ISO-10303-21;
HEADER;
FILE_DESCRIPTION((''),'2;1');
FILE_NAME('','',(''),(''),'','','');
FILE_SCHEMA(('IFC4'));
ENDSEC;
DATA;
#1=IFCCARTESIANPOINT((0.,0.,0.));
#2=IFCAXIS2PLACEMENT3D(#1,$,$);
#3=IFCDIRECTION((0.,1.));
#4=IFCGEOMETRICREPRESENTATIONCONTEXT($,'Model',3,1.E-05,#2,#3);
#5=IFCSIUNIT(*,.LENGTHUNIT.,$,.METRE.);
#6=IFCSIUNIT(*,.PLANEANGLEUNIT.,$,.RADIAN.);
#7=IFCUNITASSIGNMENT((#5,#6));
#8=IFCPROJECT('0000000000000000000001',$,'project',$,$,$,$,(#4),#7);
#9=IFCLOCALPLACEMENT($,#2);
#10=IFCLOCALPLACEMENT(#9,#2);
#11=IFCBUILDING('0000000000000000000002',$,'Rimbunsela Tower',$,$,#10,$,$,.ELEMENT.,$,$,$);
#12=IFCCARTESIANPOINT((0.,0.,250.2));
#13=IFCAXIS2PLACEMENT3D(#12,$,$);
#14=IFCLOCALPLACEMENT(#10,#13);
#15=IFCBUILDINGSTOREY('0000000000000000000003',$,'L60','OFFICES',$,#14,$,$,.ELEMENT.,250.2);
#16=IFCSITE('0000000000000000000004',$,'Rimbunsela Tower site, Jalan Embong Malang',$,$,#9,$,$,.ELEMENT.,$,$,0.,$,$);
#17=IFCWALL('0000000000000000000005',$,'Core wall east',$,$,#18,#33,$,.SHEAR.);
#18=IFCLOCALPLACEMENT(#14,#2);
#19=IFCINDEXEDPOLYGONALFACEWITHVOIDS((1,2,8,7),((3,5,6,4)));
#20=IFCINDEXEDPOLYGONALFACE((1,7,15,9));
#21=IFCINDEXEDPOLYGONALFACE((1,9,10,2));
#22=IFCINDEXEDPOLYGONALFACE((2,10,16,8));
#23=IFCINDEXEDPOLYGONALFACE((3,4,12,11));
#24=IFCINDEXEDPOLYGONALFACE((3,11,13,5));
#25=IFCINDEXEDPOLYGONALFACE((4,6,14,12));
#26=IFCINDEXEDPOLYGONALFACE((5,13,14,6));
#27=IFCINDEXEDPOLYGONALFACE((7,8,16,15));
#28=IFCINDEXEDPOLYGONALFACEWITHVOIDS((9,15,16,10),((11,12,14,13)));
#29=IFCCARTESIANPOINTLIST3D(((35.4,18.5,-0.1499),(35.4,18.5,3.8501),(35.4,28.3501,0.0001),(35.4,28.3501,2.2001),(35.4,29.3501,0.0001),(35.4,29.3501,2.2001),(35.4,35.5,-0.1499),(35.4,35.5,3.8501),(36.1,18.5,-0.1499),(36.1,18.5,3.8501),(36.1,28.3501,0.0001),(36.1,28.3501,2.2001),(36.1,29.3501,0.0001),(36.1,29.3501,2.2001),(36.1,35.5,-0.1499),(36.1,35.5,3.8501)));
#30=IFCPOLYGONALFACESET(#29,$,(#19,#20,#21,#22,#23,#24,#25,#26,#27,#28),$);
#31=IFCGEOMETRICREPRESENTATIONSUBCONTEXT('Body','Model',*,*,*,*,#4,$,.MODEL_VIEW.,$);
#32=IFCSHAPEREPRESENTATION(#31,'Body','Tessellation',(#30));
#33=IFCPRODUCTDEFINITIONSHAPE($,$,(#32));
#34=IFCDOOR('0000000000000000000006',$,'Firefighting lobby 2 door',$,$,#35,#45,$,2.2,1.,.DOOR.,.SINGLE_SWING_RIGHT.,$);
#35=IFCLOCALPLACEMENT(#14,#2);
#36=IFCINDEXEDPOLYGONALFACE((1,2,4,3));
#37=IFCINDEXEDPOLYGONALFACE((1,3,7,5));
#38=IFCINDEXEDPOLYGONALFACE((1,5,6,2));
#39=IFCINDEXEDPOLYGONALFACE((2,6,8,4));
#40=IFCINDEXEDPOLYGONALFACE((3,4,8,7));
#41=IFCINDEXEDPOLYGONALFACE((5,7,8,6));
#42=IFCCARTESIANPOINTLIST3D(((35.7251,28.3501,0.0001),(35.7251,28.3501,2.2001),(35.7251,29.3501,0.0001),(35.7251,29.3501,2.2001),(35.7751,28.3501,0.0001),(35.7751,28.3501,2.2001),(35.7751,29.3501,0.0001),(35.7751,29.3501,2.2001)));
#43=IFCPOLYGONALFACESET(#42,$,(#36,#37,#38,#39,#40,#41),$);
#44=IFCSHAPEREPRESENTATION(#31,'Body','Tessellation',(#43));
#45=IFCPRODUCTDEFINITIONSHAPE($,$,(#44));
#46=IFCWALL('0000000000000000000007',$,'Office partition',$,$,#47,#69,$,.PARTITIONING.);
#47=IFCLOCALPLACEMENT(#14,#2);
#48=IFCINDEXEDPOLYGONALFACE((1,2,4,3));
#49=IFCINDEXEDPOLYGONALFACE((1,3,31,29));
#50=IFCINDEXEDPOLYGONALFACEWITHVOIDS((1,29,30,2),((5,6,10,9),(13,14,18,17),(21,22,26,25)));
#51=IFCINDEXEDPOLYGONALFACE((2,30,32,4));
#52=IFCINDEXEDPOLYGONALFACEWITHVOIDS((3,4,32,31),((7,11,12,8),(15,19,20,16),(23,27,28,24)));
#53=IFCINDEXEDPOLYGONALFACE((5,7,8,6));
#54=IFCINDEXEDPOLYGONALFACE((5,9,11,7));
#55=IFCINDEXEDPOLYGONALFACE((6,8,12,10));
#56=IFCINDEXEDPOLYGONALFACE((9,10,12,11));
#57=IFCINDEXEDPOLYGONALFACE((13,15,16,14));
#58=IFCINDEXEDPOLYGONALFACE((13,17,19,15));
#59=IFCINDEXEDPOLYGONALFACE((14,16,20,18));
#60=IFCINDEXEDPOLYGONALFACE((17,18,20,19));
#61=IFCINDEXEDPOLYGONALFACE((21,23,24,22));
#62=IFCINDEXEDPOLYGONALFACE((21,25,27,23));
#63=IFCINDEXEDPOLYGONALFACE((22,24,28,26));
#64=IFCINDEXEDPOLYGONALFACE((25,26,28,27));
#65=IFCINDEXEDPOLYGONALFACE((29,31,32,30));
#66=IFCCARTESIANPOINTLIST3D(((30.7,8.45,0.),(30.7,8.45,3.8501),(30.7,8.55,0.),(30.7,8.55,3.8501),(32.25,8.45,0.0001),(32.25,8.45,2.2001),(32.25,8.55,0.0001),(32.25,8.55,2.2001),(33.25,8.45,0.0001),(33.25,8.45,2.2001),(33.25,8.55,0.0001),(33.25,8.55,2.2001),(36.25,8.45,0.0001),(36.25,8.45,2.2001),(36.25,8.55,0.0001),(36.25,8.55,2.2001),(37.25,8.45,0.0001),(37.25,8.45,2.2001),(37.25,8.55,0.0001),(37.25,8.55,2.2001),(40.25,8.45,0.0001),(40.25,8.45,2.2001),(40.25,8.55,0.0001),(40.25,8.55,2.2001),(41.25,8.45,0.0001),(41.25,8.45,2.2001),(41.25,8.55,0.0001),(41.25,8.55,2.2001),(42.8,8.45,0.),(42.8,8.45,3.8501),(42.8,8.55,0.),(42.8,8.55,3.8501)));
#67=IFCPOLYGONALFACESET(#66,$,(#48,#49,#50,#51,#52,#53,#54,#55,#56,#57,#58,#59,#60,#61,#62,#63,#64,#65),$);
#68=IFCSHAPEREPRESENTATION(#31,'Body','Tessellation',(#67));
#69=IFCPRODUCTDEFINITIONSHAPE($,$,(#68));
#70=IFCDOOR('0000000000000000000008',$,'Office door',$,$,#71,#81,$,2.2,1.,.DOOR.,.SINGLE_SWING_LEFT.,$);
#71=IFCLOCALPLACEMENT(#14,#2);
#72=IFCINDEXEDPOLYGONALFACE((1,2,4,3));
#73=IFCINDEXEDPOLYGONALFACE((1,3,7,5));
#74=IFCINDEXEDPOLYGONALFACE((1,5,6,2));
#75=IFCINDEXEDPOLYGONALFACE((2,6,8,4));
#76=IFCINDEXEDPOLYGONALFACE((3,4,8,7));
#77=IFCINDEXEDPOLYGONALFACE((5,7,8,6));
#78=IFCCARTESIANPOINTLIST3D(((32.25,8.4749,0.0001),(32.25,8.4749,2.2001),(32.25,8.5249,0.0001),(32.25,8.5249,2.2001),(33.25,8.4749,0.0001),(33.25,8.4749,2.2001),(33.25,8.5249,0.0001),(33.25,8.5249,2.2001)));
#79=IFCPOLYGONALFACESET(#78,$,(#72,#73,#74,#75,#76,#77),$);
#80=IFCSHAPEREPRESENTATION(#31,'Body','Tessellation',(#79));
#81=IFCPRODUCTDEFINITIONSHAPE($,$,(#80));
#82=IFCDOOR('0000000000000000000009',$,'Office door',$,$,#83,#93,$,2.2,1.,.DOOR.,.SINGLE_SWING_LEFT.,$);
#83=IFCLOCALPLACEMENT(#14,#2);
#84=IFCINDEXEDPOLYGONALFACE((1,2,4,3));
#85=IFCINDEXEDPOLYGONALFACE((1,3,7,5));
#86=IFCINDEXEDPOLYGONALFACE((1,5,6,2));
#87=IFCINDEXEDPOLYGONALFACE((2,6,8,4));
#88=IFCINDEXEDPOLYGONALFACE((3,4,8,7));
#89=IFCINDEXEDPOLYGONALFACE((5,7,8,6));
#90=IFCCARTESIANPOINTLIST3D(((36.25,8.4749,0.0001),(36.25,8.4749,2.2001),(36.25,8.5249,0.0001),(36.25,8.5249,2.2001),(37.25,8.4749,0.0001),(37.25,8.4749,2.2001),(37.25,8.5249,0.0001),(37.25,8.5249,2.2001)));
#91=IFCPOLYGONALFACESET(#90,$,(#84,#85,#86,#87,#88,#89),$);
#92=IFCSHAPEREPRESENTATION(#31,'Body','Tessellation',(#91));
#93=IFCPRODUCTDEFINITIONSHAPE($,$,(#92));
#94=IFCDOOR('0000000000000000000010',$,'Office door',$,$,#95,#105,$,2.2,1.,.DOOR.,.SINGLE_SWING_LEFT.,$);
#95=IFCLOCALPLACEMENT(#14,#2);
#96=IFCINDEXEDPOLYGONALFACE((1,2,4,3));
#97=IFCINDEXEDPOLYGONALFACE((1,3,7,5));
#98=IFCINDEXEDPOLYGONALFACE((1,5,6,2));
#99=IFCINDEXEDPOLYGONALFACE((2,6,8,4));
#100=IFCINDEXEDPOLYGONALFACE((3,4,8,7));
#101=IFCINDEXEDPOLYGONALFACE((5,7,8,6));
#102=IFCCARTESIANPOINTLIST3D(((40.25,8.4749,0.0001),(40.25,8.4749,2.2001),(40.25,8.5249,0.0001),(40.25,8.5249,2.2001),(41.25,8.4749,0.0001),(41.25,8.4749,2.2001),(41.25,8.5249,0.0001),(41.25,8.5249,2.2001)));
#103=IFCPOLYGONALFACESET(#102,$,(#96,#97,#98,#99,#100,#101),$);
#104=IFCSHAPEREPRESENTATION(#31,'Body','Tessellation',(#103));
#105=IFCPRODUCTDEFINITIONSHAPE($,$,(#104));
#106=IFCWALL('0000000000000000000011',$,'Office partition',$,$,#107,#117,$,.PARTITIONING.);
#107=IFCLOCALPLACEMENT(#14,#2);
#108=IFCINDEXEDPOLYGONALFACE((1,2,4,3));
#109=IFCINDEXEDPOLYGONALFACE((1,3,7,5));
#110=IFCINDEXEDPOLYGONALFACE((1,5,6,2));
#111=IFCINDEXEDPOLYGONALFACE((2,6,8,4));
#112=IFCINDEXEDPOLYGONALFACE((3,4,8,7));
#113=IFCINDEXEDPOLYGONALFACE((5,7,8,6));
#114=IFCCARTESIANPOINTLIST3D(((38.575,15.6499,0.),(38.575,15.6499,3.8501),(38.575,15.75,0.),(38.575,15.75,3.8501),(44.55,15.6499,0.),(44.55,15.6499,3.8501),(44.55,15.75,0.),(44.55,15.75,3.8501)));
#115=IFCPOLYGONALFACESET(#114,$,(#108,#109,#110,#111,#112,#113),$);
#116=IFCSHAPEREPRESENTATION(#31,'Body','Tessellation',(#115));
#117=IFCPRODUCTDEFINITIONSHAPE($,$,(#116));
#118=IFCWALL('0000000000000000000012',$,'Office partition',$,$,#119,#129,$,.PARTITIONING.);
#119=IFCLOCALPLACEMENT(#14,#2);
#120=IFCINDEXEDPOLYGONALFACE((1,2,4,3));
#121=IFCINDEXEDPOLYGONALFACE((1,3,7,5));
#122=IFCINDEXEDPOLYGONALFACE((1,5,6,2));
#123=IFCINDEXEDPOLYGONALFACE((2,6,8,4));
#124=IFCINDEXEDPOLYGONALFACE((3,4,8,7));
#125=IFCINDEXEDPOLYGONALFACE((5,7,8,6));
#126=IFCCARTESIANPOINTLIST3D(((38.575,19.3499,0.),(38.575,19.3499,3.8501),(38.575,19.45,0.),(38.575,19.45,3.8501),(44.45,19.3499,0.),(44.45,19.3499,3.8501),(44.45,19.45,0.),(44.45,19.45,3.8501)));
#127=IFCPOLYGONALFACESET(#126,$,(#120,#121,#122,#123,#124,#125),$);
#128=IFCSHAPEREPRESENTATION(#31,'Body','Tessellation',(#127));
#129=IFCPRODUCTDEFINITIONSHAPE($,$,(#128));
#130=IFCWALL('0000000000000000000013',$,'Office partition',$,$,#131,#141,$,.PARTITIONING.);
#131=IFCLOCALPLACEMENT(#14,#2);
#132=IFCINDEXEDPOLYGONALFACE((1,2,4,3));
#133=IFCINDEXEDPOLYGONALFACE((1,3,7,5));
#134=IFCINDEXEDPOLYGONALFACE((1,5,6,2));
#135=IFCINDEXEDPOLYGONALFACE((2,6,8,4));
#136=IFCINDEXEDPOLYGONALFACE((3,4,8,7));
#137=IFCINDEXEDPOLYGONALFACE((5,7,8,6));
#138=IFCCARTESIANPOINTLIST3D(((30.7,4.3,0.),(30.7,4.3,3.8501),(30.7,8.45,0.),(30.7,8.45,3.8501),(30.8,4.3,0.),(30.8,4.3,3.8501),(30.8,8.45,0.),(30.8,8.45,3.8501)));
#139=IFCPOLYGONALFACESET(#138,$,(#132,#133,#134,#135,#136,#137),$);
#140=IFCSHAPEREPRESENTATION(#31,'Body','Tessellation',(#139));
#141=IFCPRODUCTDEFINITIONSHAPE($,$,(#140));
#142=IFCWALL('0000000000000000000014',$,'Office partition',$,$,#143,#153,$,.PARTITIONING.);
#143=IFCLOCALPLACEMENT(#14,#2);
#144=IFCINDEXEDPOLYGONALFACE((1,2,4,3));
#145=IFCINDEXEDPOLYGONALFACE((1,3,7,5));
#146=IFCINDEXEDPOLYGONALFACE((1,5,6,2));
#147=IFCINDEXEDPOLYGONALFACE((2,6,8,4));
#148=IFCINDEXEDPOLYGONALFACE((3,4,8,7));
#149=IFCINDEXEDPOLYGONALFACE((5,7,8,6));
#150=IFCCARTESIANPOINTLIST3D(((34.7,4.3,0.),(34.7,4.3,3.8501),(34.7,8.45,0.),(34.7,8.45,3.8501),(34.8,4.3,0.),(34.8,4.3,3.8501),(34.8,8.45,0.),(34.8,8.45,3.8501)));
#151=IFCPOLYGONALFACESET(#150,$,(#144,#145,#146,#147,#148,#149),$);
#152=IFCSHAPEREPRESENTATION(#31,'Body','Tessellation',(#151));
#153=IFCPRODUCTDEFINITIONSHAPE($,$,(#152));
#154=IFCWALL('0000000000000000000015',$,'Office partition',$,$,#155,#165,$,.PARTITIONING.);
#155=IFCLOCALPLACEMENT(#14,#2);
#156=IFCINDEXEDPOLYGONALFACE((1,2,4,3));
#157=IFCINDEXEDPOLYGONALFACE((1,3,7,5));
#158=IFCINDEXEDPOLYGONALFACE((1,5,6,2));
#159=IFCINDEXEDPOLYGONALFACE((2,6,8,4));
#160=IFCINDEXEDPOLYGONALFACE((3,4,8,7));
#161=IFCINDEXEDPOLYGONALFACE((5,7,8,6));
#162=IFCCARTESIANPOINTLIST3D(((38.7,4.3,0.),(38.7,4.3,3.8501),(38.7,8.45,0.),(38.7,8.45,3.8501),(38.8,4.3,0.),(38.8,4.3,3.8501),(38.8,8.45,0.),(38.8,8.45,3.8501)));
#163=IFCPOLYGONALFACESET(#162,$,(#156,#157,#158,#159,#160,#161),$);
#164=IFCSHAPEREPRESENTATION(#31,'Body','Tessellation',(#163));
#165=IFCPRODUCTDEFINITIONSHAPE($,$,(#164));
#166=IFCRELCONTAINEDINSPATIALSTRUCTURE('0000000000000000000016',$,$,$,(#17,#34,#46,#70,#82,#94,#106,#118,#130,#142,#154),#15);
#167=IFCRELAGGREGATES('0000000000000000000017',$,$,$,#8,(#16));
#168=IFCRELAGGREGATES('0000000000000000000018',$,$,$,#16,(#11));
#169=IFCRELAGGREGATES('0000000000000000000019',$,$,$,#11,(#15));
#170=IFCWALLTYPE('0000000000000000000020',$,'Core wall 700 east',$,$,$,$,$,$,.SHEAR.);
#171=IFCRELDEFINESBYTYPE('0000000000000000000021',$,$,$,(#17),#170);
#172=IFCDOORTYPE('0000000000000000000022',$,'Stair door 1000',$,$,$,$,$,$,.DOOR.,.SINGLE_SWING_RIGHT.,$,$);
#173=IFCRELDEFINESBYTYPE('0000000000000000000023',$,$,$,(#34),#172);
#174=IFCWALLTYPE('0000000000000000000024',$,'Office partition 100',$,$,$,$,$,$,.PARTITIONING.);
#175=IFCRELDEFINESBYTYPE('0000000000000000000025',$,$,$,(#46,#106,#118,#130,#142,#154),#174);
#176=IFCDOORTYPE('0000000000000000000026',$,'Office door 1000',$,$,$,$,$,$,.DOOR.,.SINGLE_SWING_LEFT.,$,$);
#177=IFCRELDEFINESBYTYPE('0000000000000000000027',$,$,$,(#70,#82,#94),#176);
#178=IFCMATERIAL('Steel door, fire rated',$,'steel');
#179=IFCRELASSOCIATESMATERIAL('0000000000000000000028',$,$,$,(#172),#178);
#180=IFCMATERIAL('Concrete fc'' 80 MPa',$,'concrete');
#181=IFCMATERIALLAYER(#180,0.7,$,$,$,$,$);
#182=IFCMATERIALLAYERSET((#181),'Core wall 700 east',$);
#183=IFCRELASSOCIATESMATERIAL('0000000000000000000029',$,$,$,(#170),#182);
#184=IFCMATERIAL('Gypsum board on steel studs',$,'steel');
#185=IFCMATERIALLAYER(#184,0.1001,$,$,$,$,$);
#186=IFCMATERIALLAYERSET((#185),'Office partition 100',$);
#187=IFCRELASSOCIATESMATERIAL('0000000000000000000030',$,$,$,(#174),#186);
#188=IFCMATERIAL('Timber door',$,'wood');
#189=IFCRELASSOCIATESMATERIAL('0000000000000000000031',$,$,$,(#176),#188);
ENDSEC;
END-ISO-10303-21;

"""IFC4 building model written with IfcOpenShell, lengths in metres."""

from ifc_helpers import new_model, si_unit, direction, frame, frame_2d, origin, place, context, subcontext, project, spatial, rectangle, extrude, material, layer, layer_set, type_object, element, fill, save


model = new_model("IFC4")

# Units and contexts
model_context = context("Model", 3, precision=1e-05, world=origin(), true_north=direction((0.0, 1.0)))
body_context = subcontext(model_context, "Body", "Model", "MODEL_VIEW")
ifc_project = project(units=[si_unit("LENGTHUNIT", "METRE"), si_unit("PLANEANGLEUNIT", "RADIAN")], contexts=[model_context])

# Site, building, storey
site_placement = place(None, origin())
site = spatial("IfcSite", under=ifc_project, at=site_placement, Name="Rimbunsela Tower site, Jalan Embong Malang", CompositionType="ELEMENT", RefElevation=0.0)
building_placement = place(site_placement, origin())
building = spatial("IfcBuilding", under=site, at=building_placement, Name="Rimbunsela Tower", CompositionType="ELEMENT")
storey_placement = place(building_placement, frame((0.0, 0.0, 250.2)))
storey = spatial("IfcBuildingStorey", under=building, at=storey_placement, Name="L60", Description="OFFICES", CompositionType="ELEMENT", Elevation=250.2)

# Shared definitions
ifc_material_1 = material(Name="Steel door, fire rated", Category="steel")
door_type_1 = type_object("IfcDoorType", Name="Stair door 1000", OperationType="SINGLE_SWING_RIGHT", PredefinedType="DOOR", material=ifc_material_1)

# Wall, opening, door
ifc_material_2 = material(Name="Concrete fc' 80 MPa", Category="concrete")
ifc_layer_1 = layer(ifc_material_2, 0.7)
ifc_layer_set_1 = layer_set([ifc_layer_1], Name="Core wall 700 east")
wall_type_1 = type_object("IfcWallType", Name="Core wall 700 east", PredefinedType="SHEAR", material=ifc_layer_set_1)
wall_1_placement = place(storey_placement, frame((35.75, 18.5, -0.1499), z_axis=(0.0, 0.0, 1.0), x_axis=(0.0, 1.0, 0.0)))
wall_1 = element("IfcWall", 1, at=wall_1_placement, inside=storey, type_object=wall_type_1, Name="Core wall east", PredefinedType="SHEAR", context=body_context, shape_type="SweptSolid", body=[
    extrude(rectangle(XDim=17.0, YDim=0.7, at=frame_2d((8.5, 0.0))), origin(), (0.0, 0.0, 1.0), 4.0),
])
opening_1_placement = place(wall_1_placement, frame((9.8501, 0.0, 0.1499)))
opening_1 = element("IfcOpeningElement", 2, at=opening_1_placement, cuts=wall_1, PredefinedType="OPENING", context=body_context, shape_type="SweptSolid", body=[
    extrude(rectangle(XDim=1.0, YDim=2.2, at=frame_2d((0.5, 1.1001))), frame((0.0, 0.3599, 0.0), z_axis=(0.0, -1.0, 0.0), x_axis=(1.0, 0.0, 0.0)), (0.0, 0.0, 1.0), 0.72),
])
door_1_placement = place(opening_1_placement, origin())
door_1 = element("IfcDoor", 3, at=door_1_placement, inside=storey, type_object=door_type_1, Name="Firefighting lobby 2 door", OperationType="SINGLE_SWING_RIGHT", OverallHeight=2.2, OverallWidth=1.0, PredefinedType="DOOR", context=body_context, shape_type="SweptSolid", body=[
    extrude(rectangle(XDim=1.0, YDim=2.2, at=frame_2d((0.5, 1.1001))), frame((0.0, 0.0249, 0.0), z_axis=(0.0, -1.0, 0.0), x_axis=(1.0, 0.0, 0.0)), (0.0, 0.0, 1.0), 0.05),
])
fill(opening_1, door_1)

# Wall, openings, doors
ifc_material_3 = material(Name="Gypsum board on steel studs", Category="steel")
ifc_layer_2 = layer(ifc_material_3, 0.1001)
ifc_layer_set_2 = layer_set([ifc_layer_2], Name="Office partition 100")
wall_type_2 = type_object("IfcWallType", Name="Office partition 100", PredefinedType="PARTITIONING", material=ifc_layer_set_2)
wall_2_placement = place(storey_placement, frame((30.7, 8.5, 0.0), z_axis=(0.0, 0.0, 1.0), x_axis=(1.0, 0.0, 0.0)))
wall_2 = element("IfcWall", 4, at=wall_2_placement, inside=storey, type_object=wall_type_2, Name="Office partition", PredefinedType="PARTITIONING", context=body_context, shape_type="SweptSolid", body=[
    extrude(rectangle(XDim=12.1001, YDim=0.1001, at=frame_2d((6.05, 0.0))), origin(), (0.0, 0.0, 1.0), 3.8501),
])
opening_2_placement = place(wall_2_placement, frame((1.55, 0.0, 0.0)))
opening_2 = element("IfcOpeningElement", 5, at=opening_2_placement, cuts=wall_2, PredefinedType="OPENING", context=body_context, shape_type="SweptSolid", body=[
    extrude(rectangle(XDim=1.0, YDim=2.2, at=frame_2d((0.5, 1.1001))), frame((0.0, 0.0601, 0.0), z_axis=(0.0, -1.0, 0.0), x_axis=(1.0, 0.0, 0.0)), (0.0, 0.0, 1.0), 0.1201),
])
opening_3_placement = place(wall_2_placement, frame((5.55, 0.0, 0.0)))
opening_3 = element("IfcOpeningElement", 6, at=opening_3_placement, cuts=wall_2, PredefinedType="OPENING", context=body_context, shape_type="SweptSolid", body=[
    extrude(rectangle(XDim=1.0, YDim=2.2, at=frame_2d((0.5, 1.1001))), frame((0.0, 0.0601, 0.0), z_axis=(0.0, -1.0, 0.0), x_axis=(1.0, 0.0, 0.0)), (0.0, 0.0, 1.0), 0.1201),
])
opening_4_placement = place(wall_2_placement, frame((9.55, 0.0, 0.0)))
opening_4 = element("IfcOpeningElement", 7, at=opening_4_placement, cuts=wall_2, PredefinedType="OPENING", context=body_context, shape_type="SweptSolid", body=[
    extrude(rectangle(XDim=1.0, YDim=2.2, at=frame_2d((0.5, 1.1001))), frame((0.0, 0.0601, 0.0), z_axis=(0.0, -1.0, 0.0), x_axis=(1.0, 0.0, 0.0)), (0.0, 0.0, 1.0), 0.1201),
])
ifc_material_4 = material(Name="Timber door", Category="wood")
door_type_2 = type_object("IfcDoorType", Name="Office door 1000", OperationType="SINGLE_SWING_LEFT", PredefinedType="DOOR", material=ifc_material_4)
door_2_placement = place(opening_2_placement, origin())
door_2 = element("IfcDoor", 8, at=door_2_placement, inside=storey, type_object=door_type_2, Name="Office door", OperationType="SINGLE_SWING_LEFT", OverallHeight=2.2, OverallWidth=1.0, PredefinedType="DOOR", context=body_context, shape_type="SweptSolid", body=[
    extrude(rectangle(XDim=1.0, YDim=2.2, at=frame_2d((0.5, 1.1001))), frame((0.0, 0.0249, 0.0), z_axis=(0.0, -1.0, 0.0), x_axis=(1.0, 0.0, 0.0)), (0.0, 0.0, 1.0), 0.05),
])
fill(opening_2, door_2)
door_3_placement = place(opening_3_placement, origin())
door_3 = element("IfcDoor", 9, at=door_3_placement, inside=storey, type_object=door_type_2, Name="Office door", OperationType="SINGLE_SWING_LEFT", OverallHeight=2.2, OverallWidth=1.0, PredefinedType="DOOR", context=body_context, shape_type="SweptSolid", body=[
    extrude(rectangle(XDim=1.0, YDim=2.2, at=frame_2d((0.5, 1.1001))), frame((0.0, 0.0249, 0.0), z_axis=(0.0, -1.0, 0.0), x_axis=(1.0, 0.0, 0.0)), (0.0, 0.0, 1.0), 0.05),
])
fill(opening_3, door_3)
door_4_placement = place(opening_4_placement, origin())
door_4 = element("IfcDoor", 10, at=door_4_placement, inside=storey, type_object=door_type_2, Name="Office door", OperationType="SINGLE_SWING_LEFT", OverallHeight=2.2, OverallWidth=1.0, PredefinedType="DOOR", context=body_context, shape_type="SweptSolid", body=[
    extrude(rectangle(XDim=1.0, YDim=2.2, at=frame_2d((0.5, 1.1001))), frame((0.0, 0.0249, 0.0), z_axis=(0.0, -1.0, 0.0), x_axis=(1.0, 0.0, 0.0)), (0.0, 0.0, 1.0), 0.05),
])
fill(opening_4, door_4)

# Walls
wall_3_placement = place(storey_placement, frame((38.575, 15.7, 0.0), z_axis=(0.0, 0.0, 1.0), x_axis=(1.0, 0.0, 0.0)))
element("IfcWall", 11, at=wall_3_placement, inside=storey, type_object=wall_type_2, Name="Office partition", PredefinedType="PARTITIONING", context=body_context, shape_type="SweptSolid", body=[
    extrude(rectangle(XDim=5.9751, YDim=0.1001, at=frame_2d((2.9875, 0.0))), origin(), (0.0, 0.0, 1.0), 3.8501),
])
wall_4_placement = place(storey_placement, frame((38.575, 19.3999, 0.0), z_axis=(0.0, 0.0, 1.0), x_axis=(1.0, 0.0, 0.0)))
element("IfcWall", 12, at=wall_4_placement, inside=storey, type_object=wall_type_2, Name="Office partition", PredefinedType="PARTITIONING", context=body_context, shape_type="SweptSolid", body=[
    extrude(rectangle(XDim=5.875, YDim=0.1001, at=frame_2d((2.9375, 0.0))), origin(), (0.0, 0.0, 1.0), 3.8501),
])
for number, where, z_axis, x_axis, name in (
    (13, (30.75, 4.3, 0.0), (0.0, 0.0, 1.0), (0.0, 1.0, 0.0), "Office partition"),
    (14, (34.75, 4.3, 0.0), (0.0, 0.0, 1.0), (0.0, 1.0, 0.0), "Office partition"),
    (15, (38.75, 4.3, 0.0), (0.0, 0.0, 1.0), (0.0, 1.0, 0.0), "Office partition"),
):
    element("IfcWall", number, at=place(storey_placement, frame(where, z_axis=z_axis, x_axis=x_axis)), inside=storey, type_object=wall_type_2, Name=name, PredefinedType="PARTITIONING", context=body_context, shape_type="SweptSolid", body=[
        extrude(rectangle(XDim=4.1499, YDim=0.1001, at=frame_2d((2.075, 0.0))), origin(), (0.0, 0.0, 1.0), 3.8501),
    ])

save(model, "model.ifc")
